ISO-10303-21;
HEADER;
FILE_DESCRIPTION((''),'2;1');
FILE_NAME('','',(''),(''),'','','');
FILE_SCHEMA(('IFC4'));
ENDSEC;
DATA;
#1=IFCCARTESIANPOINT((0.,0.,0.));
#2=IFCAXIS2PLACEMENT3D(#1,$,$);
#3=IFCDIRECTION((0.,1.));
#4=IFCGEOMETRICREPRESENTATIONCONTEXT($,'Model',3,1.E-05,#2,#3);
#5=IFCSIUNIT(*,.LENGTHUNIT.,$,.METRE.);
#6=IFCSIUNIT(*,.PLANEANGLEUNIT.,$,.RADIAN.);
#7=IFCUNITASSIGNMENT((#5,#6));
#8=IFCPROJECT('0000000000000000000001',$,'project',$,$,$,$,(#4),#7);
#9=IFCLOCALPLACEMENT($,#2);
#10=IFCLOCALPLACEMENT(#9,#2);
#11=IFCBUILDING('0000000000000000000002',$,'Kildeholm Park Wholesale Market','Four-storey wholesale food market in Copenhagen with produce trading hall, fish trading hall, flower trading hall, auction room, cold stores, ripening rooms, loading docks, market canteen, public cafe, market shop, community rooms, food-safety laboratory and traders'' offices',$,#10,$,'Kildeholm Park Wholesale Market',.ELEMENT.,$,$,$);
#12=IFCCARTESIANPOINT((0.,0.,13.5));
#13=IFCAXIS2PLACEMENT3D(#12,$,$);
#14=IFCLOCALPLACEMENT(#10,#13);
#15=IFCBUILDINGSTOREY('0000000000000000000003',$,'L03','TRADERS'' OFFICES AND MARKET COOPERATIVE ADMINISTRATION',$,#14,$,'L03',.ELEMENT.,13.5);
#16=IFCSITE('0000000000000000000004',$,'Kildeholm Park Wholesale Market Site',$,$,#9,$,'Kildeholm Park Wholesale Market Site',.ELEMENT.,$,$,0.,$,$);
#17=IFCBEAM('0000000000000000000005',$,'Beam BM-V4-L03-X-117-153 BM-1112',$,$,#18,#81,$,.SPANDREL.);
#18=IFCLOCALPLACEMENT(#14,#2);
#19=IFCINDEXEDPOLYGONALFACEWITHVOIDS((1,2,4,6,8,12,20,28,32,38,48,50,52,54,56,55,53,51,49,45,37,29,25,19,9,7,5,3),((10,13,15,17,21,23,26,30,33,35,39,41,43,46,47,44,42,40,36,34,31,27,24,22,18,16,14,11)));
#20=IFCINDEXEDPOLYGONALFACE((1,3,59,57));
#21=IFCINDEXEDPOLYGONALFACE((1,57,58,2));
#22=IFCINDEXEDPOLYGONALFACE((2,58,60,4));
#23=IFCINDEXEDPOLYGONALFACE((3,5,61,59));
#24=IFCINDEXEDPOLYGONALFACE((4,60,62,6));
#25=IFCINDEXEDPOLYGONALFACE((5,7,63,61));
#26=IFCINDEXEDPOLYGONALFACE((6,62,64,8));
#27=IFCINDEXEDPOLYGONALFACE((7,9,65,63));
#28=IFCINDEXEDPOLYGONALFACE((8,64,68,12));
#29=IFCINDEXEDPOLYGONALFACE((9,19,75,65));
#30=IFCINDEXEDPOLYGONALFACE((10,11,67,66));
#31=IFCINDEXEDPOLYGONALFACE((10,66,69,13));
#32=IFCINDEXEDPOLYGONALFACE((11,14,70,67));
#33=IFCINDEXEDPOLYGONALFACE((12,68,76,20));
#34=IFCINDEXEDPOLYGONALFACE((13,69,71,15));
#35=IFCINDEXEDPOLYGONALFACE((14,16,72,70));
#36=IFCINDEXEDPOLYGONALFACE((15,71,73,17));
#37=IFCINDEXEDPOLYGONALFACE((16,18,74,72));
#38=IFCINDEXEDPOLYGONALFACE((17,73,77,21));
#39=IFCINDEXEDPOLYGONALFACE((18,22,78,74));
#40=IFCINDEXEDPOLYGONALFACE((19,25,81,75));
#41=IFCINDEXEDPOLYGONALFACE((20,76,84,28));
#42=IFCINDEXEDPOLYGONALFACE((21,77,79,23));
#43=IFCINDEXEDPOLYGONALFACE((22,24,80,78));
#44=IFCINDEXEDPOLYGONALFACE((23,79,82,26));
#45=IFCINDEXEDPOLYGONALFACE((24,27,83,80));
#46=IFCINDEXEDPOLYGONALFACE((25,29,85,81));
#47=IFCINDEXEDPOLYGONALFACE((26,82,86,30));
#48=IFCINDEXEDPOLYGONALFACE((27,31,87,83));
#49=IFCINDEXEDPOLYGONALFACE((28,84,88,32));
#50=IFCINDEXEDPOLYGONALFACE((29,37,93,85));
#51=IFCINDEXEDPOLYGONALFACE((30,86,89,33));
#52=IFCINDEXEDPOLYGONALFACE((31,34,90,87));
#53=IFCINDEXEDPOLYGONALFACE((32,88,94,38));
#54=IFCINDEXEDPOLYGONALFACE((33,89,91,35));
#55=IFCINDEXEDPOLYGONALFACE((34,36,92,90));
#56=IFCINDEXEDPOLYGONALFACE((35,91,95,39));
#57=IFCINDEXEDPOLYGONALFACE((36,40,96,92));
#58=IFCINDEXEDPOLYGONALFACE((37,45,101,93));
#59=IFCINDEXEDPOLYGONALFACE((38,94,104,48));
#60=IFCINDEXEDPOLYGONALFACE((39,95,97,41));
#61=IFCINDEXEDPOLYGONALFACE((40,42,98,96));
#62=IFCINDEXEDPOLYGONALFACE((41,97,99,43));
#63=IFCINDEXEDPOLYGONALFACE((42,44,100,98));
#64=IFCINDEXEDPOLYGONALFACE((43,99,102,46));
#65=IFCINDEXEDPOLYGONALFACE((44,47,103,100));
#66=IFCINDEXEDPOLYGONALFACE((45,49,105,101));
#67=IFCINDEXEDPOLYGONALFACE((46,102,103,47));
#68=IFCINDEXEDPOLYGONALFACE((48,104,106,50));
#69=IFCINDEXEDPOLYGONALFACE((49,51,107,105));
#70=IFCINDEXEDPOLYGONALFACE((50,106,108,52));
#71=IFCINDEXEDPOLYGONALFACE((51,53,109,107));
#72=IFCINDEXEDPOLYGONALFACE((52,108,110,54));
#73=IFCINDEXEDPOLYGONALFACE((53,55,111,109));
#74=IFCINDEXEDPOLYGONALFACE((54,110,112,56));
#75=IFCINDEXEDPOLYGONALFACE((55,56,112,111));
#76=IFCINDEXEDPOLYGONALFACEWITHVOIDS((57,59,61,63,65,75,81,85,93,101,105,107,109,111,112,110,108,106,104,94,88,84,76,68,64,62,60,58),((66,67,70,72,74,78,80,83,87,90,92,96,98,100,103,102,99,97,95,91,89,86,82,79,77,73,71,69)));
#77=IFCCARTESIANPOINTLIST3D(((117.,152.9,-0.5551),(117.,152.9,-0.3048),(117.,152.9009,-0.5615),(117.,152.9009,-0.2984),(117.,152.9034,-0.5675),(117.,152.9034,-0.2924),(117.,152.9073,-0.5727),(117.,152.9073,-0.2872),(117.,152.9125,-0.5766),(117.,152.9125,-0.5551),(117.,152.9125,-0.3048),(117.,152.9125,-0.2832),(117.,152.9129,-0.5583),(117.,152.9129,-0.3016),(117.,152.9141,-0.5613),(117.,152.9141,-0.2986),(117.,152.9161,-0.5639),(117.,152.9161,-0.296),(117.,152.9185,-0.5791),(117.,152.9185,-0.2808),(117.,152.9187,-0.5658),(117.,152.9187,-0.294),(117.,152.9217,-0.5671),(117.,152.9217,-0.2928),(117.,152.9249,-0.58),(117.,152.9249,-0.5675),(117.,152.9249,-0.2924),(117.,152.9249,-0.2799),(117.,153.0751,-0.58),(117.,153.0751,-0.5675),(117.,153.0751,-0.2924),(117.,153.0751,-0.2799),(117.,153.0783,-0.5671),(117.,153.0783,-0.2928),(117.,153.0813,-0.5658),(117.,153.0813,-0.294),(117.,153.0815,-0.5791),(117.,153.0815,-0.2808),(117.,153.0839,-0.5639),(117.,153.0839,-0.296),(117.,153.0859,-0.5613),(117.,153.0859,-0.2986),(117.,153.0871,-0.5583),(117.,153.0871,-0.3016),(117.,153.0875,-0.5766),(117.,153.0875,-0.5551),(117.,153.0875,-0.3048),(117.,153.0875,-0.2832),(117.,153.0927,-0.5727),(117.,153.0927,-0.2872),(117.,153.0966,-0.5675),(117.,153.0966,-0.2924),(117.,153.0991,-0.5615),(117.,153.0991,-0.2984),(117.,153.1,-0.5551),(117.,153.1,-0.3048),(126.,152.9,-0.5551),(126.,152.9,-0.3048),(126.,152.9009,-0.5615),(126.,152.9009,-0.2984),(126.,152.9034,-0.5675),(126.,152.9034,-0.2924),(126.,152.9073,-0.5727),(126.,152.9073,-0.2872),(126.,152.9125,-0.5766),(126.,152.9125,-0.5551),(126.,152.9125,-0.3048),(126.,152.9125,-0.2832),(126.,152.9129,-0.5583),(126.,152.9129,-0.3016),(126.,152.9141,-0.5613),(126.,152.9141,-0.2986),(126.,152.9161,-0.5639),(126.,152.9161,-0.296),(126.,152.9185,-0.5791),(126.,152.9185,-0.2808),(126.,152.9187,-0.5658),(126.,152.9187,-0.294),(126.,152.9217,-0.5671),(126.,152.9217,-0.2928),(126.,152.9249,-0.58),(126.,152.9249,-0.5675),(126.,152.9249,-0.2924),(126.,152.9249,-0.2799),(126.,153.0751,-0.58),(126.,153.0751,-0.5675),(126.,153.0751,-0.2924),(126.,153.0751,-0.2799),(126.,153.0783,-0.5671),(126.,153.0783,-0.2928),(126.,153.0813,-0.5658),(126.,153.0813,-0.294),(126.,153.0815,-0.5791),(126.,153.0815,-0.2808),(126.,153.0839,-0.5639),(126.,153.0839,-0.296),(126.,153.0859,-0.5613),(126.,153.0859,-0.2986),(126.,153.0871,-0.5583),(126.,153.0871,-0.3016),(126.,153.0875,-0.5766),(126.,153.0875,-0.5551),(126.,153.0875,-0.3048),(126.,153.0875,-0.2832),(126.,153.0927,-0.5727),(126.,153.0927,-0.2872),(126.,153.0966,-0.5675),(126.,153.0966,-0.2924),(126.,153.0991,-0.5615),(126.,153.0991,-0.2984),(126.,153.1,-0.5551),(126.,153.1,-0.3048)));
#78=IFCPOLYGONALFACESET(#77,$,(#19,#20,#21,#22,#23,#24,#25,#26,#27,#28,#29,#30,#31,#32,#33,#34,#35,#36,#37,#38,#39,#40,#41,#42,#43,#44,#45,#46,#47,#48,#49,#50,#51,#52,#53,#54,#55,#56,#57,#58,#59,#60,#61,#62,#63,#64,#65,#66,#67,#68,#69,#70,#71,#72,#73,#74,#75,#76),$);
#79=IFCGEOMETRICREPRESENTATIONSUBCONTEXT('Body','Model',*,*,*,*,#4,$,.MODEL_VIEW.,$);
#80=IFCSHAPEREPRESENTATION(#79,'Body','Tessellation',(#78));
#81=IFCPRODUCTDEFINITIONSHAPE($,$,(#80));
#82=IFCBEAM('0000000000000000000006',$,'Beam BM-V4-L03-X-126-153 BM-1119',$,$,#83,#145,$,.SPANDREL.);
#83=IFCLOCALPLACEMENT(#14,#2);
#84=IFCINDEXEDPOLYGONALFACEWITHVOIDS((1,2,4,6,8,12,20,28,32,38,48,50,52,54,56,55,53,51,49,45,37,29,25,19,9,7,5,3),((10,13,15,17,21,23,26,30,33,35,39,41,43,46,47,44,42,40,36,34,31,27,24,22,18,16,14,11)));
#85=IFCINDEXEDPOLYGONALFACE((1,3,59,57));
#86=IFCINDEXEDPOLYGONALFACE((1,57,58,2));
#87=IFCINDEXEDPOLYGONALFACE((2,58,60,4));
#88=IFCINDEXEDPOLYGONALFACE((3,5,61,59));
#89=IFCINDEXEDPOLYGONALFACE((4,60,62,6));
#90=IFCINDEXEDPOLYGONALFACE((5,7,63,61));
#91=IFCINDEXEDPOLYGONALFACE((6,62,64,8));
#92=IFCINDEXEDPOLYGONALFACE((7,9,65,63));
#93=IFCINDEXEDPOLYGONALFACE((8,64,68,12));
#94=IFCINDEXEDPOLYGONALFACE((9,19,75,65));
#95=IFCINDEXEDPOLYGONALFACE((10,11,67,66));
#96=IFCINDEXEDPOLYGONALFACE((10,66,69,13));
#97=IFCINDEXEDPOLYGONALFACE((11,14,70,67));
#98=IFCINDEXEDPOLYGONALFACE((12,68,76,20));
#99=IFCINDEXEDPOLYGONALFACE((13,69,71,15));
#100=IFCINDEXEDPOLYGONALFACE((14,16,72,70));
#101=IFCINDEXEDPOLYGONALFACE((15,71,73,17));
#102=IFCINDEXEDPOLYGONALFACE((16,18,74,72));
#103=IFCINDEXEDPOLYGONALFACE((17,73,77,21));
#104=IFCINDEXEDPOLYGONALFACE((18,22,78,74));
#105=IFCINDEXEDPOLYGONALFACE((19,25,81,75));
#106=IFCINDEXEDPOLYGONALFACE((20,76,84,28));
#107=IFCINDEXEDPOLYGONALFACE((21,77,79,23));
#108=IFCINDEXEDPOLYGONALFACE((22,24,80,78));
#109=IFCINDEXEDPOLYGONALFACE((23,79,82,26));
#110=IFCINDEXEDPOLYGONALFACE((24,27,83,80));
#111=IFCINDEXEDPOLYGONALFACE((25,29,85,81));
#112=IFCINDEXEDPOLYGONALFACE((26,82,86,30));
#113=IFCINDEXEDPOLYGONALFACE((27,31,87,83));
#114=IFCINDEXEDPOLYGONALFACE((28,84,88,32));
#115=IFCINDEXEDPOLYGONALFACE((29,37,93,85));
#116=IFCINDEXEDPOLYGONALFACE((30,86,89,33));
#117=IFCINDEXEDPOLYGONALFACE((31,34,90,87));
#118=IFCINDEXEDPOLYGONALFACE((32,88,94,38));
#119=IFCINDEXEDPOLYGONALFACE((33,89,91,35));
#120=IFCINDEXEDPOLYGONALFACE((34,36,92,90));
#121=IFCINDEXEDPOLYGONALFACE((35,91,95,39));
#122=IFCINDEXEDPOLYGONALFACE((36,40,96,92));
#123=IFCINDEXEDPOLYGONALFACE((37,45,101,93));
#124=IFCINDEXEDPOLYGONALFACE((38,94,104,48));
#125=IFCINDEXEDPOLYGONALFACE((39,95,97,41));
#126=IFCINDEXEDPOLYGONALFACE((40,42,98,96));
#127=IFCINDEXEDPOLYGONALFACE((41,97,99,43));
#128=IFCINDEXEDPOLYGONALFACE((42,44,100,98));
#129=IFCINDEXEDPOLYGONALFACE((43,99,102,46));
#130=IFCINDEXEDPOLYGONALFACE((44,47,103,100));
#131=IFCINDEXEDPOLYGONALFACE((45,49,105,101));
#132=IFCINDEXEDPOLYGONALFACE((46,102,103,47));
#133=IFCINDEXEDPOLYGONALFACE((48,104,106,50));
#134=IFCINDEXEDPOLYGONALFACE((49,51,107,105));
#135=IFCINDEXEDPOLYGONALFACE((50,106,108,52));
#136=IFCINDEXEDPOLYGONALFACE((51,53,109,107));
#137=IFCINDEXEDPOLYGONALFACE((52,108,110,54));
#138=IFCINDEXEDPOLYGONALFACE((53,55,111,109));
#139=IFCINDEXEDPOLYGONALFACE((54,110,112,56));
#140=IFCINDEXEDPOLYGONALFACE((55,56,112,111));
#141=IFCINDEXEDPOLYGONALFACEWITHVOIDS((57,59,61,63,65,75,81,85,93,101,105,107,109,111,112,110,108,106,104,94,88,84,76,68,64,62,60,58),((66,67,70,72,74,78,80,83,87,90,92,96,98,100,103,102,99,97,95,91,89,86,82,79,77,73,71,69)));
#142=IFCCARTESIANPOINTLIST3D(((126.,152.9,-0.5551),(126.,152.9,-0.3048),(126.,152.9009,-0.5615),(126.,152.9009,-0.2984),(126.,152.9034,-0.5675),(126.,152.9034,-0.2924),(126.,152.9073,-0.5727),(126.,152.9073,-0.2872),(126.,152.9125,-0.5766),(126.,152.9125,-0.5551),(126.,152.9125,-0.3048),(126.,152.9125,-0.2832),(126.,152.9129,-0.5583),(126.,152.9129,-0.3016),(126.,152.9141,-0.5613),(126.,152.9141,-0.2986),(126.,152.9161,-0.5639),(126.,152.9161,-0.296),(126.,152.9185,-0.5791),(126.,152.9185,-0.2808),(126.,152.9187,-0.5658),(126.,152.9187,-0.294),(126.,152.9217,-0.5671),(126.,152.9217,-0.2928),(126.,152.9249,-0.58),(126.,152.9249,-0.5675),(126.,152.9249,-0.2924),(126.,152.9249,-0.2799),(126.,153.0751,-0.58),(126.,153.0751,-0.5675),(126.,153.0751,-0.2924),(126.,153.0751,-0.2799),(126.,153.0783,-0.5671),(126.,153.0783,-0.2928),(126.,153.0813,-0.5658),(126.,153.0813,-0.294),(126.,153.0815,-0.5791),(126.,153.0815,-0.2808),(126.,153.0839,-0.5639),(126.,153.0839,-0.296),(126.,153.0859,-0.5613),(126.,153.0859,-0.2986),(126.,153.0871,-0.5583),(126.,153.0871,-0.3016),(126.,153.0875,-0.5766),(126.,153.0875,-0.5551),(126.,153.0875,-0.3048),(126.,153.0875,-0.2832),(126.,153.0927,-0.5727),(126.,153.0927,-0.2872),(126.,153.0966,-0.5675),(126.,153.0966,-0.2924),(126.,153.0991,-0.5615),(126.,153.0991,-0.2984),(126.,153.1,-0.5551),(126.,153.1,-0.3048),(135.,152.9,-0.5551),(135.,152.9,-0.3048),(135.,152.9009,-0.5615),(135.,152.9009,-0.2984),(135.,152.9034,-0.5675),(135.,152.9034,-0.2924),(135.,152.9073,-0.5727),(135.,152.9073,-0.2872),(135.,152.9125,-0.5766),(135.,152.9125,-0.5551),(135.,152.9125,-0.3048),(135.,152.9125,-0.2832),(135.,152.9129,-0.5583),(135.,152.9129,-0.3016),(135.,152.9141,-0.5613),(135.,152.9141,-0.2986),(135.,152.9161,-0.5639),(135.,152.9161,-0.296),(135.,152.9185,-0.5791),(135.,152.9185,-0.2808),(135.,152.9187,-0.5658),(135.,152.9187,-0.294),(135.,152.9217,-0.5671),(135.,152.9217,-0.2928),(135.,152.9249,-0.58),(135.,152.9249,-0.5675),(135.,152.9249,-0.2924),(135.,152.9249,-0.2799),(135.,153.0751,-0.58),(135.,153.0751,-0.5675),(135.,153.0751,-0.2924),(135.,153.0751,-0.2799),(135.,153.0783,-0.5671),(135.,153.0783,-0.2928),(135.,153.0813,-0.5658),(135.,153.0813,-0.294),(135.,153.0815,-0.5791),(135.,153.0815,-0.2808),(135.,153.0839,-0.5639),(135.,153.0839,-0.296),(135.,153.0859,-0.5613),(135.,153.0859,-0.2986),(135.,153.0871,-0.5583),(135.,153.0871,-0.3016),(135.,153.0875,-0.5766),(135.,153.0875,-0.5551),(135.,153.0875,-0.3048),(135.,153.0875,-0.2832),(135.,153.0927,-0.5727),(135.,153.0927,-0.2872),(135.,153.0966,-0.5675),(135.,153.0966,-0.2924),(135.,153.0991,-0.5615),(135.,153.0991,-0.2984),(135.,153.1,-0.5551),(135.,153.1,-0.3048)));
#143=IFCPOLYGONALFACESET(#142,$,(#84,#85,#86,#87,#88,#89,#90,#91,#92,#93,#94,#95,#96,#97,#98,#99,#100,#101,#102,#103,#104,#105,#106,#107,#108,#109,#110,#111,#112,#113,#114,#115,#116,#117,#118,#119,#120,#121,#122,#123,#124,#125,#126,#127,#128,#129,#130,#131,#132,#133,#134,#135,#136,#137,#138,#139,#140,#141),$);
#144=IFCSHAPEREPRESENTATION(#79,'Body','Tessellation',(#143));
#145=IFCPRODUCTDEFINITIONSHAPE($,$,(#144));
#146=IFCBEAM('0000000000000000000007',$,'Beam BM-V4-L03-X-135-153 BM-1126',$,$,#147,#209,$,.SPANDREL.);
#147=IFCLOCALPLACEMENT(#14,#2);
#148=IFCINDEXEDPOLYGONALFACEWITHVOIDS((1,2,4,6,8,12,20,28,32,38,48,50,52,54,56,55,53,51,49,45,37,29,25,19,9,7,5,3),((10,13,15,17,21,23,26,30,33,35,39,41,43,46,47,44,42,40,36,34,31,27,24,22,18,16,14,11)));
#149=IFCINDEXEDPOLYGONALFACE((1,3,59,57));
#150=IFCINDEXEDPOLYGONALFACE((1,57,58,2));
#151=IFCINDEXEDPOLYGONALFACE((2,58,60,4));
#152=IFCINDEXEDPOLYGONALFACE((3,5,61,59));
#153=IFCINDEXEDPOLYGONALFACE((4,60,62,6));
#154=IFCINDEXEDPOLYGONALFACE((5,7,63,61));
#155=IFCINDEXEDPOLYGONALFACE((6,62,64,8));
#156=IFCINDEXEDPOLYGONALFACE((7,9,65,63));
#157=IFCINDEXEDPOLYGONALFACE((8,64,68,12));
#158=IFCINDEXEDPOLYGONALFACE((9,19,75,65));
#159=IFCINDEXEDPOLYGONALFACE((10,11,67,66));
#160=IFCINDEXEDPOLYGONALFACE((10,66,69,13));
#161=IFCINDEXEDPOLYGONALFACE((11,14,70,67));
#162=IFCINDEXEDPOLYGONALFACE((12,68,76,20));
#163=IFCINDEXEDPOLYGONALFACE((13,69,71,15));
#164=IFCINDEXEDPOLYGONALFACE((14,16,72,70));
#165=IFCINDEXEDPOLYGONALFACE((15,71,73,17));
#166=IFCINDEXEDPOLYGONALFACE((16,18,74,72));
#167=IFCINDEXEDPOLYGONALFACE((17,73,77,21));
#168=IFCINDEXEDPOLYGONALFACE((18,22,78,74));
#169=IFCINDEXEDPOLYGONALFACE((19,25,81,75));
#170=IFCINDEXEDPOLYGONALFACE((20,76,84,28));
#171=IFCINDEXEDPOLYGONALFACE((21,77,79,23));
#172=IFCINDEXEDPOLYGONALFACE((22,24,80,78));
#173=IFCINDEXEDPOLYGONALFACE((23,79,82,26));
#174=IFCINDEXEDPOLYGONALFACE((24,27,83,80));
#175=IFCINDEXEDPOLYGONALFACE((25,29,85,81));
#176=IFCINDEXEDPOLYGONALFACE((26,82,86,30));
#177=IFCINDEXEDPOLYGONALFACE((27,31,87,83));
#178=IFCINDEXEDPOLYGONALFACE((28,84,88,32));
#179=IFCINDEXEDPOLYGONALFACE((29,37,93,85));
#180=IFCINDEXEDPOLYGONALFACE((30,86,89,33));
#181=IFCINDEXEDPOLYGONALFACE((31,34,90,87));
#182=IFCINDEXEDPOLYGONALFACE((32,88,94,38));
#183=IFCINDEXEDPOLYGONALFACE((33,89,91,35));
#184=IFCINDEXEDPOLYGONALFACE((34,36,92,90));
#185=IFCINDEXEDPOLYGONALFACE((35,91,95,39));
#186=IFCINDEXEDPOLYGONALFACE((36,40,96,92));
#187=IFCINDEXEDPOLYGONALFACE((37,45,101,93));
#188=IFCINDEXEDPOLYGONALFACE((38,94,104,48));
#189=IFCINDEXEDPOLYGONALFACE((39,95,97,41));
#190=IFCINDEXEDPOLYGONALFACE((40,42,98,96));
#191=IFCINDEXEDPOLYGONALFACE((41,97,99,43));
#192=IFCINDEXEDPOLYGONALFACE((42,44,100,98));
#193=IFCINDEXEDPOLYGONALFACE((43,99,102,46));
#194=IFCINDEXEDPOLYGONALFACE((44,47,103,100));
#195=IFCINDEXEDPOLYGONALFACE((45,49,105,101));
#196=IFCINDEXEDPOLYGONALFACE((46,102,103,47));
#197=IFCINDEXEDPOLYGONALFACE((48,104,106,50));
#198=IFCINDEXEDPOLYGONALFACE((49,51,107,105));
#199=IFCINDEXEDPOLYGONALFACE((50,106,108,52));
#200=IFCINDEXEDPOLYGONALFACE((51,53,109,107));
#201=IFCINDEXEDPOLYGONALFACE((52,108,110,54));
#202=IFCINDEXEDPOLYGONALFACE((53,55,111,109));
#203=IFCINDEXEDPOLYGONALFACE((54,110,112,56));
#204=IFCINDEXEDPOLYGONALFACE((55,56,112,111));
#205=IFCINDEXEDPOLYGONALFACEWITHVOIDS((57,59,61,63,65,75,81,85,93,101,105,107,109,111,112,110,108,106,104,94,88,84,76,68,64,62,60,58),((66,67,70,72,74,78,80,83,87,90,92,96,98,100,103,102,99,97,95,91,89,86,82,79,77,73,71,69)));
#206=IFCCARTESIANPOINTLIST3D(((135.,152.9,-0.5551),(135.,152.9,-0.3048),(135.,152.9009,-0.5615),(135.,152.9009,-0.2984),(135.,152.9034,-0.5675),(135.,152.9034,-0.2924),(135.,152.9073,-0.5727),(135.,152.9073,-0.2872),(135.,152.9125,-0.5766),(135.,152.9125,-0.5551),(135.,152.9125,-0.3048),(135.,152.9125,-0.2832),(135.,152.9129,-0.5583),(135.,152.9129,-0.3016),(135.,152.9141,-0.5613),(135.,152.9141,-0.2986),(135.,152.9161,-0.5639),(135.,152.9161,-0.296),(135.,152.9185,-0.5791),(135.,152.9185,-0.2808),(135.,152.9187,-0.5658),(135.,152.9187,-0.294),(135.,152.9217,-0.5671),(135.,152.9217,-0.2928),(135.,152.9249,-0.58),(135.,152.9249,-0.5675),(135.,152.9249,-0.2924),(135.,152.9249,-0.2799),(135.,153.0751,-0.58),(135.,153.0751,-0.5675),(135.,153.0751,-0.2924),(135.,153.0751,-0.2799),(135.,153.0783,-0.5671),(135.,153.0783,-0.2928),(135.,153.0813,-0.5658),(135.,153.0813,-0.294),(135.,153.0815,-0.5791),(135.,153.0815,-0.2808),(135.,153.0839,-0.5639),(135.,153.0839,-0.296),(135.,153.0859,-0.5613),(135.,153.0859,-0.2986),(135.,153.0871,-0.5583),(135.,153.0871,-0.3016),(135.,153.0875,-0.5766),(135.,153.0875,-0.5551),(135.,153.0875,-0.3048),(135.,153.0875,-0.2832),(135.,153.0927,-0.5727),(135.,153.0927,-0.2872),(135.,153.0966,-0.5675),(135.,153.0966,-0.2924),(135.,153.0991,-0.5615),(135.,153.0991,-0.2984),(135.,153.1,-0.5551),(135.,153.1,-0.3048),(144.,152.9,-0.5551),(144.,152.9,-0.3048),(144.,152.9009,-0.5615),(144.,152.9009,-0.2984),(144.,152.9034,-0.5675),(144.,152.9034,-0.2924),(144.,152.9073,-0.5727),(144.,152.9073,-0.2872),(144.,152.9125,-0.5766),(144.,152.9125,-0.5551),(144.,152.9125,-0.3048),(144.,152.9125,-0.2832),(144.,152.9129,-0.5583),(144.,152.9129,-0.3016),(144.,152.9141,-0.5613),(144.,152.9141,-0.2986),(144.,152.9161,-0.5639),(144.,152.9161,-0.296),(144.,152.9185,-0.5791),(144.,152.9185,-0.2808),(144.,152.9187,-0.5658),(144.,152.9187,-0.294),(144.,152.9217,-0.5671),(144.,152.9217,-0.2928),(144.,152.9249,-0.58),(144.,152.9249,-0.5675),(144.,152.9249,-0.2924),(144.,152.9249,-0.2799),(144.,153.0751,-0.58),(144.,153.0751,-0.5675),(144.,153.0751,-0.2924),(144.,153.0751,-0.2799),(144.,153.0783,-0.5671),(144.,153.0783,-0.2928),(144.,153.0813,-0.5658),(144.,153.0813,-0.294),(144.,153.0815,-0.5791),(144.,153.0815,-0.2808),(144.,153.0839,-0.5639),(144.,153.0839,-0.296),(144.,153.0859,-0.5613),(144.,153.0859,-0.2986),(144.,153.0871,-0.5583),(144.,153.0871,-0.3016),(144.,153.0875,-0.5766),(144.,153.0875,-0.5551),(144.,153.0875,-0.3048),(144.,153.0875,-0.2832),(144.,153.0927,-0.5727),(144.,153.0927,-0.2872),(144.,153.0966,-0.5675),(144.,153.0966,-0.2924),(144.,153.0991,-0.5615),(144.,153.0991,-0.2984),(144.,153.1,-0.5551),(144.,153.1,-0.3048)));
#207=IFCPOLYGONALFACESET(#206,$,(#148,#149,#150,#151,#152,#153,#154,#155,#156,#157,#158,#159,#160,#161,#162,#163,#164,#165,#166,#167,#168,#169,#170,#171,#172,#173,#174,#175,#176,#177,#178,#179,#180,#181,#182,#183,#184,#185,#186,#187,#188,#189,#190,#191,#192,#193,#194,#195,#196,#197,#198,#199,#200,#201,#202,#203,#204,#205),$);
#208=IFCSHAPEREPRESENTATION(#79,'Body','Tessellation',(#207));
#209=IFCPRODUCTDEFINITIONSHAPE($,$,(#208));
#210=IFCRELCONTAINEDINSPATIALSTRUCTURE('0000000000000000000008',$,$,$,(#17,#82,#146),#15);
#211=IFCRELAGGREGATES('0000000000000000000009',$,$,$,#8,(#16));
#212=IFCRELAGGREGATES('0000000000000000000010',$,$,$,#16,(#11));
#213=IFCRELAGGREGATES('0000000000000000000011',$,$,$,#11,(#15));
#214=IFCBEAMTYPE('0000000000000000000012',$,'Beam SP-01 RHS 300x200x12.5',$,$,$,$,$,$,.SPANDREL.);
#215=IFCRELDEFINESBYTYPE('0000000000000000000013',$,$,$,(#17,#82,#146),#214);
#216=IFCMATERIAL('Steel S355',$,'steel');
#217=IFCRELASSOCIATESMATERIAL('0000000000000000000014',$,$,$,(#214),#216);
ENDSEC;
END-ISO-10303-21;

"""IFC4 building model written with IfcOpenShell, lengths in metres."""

from ifc_helpers import new_model, si_unit, direction, frame, origin, origin_2d, place, context, subcontext, project, spatial, hollow_rectangle, extrude, material, material_profile, profile_set, type_object, element, save


model = new_model("IFC4")

# Units and contexts
model_context = context("Model", 3, precision=1e-05, world=origin(), true_north=direction((0.0, 1.0)))
body_context = subcontext(model_context, "Body", "Model", "MODEL_VIEW")
ifc_project = project(units=[si_unit("LENGTHUNIT", "METRE"), si_unit("PLANEANGLEUNIT", "RADIAN")], contexts=[model_context])

# Site, building, storey
site_placement = place(None, origin())
site = spatial("IfcSite", under=ifc_project, at=site_placement, Name="Kildeholm Park Wholesale Market Site", LongName="Kildeholm Park Wholesale Market Site", CompositionType="ELEMENT", RefElevation=0.0)
building_placement = place(site_placement, origin())
building = spatial("IfcBuilding", under=site, at=building_placement, Name="Kildeholm Park Wholesale Market", Description="Four-storey wholesale food market in Copenhagen with produce trading hall, fish trading hall, flower trading hall, auction room, cold stores, ripening rooms, loading docks, market canteen, public cafe, market shop, community rooms, food-safety laboratory and traders' offices", LongName="Kildeholm Park Wholesale Market", CompositionType="ELEMENT")
storey_placement = place(building_placement, frame((0.0, 0.0, 13.5)))
storey = spatial("IfcBuildingStorey", under=building, at=storey_placement, Name="L03", Description="TRADERS' OFFICES AND MARKET COOPERATIVE ADMINISTRATION", LongName="L03", CompositionType="ELEMENT", Elevation=13.5)

# Beams
ifc_material = material(Name="Steel S355", Category="steel")
ifc_material_profile_1 = material_profile(ifc_material, hollow_rectangle(XDim=0.2, YDim=0.3, WallThickness=0.0125, InnerFilletRadius=0.0125, OuterFilletRadius=0.0249, at=origin_2d()), Name="RHS 300x200x12.5")
ifc_profile_set_1 = profile_set([ifc_material_profile_1], Name="Steel S355")
beam_type_1 = type_object("IfcBeamType", Name="Beam SP-01 RHS 300x200x12.5", PredefinedType="SPANDREL", material=ifc_profile_set_1)
for number, where, z_axis, x_axis, name in (
    (1, (117.0, 153.0, -0.4299), (1.0, 0.0, 0.0), (0.0, 1.0, 0.0), "Beam BM-V4-L03-X-117-153 BM-1112"),
    (2, (126.0, 153.0, -0.4299), (1.0, 0.0, 0.0), (0.0, 1.0, 0.0), "Beam BM-V4-L03-X-126-153 BM-1119"),
    (3, (135.0, 153.0, -0.4299), (1.0, 0.0, 0.0), (0.0, 1.0, 0.0), "Beam BM-V4-L03-X-135-153 BM-1126"),
):
    element("IfcBeam", number, at=place(storey_placement, frame(where, z_axis=z_axis, x_axis=x_axis)), inside=storey, type_object=beam_type_1, Name=name, PredefinedType="SPANDREL", context=body_context, shape_type="SweptSolid", body=[
        extrude(hollow_rectangle(XDim=0.2, YDim=0.3, WallThickness=0.0125, InnerFilletRadius=0.0125, OuterFilletRadius=0.0249, at=origin_2d()), origin(), (0.0, 0.0, 1.0), 9.0),
    ])

save(model, "model.ifc")
